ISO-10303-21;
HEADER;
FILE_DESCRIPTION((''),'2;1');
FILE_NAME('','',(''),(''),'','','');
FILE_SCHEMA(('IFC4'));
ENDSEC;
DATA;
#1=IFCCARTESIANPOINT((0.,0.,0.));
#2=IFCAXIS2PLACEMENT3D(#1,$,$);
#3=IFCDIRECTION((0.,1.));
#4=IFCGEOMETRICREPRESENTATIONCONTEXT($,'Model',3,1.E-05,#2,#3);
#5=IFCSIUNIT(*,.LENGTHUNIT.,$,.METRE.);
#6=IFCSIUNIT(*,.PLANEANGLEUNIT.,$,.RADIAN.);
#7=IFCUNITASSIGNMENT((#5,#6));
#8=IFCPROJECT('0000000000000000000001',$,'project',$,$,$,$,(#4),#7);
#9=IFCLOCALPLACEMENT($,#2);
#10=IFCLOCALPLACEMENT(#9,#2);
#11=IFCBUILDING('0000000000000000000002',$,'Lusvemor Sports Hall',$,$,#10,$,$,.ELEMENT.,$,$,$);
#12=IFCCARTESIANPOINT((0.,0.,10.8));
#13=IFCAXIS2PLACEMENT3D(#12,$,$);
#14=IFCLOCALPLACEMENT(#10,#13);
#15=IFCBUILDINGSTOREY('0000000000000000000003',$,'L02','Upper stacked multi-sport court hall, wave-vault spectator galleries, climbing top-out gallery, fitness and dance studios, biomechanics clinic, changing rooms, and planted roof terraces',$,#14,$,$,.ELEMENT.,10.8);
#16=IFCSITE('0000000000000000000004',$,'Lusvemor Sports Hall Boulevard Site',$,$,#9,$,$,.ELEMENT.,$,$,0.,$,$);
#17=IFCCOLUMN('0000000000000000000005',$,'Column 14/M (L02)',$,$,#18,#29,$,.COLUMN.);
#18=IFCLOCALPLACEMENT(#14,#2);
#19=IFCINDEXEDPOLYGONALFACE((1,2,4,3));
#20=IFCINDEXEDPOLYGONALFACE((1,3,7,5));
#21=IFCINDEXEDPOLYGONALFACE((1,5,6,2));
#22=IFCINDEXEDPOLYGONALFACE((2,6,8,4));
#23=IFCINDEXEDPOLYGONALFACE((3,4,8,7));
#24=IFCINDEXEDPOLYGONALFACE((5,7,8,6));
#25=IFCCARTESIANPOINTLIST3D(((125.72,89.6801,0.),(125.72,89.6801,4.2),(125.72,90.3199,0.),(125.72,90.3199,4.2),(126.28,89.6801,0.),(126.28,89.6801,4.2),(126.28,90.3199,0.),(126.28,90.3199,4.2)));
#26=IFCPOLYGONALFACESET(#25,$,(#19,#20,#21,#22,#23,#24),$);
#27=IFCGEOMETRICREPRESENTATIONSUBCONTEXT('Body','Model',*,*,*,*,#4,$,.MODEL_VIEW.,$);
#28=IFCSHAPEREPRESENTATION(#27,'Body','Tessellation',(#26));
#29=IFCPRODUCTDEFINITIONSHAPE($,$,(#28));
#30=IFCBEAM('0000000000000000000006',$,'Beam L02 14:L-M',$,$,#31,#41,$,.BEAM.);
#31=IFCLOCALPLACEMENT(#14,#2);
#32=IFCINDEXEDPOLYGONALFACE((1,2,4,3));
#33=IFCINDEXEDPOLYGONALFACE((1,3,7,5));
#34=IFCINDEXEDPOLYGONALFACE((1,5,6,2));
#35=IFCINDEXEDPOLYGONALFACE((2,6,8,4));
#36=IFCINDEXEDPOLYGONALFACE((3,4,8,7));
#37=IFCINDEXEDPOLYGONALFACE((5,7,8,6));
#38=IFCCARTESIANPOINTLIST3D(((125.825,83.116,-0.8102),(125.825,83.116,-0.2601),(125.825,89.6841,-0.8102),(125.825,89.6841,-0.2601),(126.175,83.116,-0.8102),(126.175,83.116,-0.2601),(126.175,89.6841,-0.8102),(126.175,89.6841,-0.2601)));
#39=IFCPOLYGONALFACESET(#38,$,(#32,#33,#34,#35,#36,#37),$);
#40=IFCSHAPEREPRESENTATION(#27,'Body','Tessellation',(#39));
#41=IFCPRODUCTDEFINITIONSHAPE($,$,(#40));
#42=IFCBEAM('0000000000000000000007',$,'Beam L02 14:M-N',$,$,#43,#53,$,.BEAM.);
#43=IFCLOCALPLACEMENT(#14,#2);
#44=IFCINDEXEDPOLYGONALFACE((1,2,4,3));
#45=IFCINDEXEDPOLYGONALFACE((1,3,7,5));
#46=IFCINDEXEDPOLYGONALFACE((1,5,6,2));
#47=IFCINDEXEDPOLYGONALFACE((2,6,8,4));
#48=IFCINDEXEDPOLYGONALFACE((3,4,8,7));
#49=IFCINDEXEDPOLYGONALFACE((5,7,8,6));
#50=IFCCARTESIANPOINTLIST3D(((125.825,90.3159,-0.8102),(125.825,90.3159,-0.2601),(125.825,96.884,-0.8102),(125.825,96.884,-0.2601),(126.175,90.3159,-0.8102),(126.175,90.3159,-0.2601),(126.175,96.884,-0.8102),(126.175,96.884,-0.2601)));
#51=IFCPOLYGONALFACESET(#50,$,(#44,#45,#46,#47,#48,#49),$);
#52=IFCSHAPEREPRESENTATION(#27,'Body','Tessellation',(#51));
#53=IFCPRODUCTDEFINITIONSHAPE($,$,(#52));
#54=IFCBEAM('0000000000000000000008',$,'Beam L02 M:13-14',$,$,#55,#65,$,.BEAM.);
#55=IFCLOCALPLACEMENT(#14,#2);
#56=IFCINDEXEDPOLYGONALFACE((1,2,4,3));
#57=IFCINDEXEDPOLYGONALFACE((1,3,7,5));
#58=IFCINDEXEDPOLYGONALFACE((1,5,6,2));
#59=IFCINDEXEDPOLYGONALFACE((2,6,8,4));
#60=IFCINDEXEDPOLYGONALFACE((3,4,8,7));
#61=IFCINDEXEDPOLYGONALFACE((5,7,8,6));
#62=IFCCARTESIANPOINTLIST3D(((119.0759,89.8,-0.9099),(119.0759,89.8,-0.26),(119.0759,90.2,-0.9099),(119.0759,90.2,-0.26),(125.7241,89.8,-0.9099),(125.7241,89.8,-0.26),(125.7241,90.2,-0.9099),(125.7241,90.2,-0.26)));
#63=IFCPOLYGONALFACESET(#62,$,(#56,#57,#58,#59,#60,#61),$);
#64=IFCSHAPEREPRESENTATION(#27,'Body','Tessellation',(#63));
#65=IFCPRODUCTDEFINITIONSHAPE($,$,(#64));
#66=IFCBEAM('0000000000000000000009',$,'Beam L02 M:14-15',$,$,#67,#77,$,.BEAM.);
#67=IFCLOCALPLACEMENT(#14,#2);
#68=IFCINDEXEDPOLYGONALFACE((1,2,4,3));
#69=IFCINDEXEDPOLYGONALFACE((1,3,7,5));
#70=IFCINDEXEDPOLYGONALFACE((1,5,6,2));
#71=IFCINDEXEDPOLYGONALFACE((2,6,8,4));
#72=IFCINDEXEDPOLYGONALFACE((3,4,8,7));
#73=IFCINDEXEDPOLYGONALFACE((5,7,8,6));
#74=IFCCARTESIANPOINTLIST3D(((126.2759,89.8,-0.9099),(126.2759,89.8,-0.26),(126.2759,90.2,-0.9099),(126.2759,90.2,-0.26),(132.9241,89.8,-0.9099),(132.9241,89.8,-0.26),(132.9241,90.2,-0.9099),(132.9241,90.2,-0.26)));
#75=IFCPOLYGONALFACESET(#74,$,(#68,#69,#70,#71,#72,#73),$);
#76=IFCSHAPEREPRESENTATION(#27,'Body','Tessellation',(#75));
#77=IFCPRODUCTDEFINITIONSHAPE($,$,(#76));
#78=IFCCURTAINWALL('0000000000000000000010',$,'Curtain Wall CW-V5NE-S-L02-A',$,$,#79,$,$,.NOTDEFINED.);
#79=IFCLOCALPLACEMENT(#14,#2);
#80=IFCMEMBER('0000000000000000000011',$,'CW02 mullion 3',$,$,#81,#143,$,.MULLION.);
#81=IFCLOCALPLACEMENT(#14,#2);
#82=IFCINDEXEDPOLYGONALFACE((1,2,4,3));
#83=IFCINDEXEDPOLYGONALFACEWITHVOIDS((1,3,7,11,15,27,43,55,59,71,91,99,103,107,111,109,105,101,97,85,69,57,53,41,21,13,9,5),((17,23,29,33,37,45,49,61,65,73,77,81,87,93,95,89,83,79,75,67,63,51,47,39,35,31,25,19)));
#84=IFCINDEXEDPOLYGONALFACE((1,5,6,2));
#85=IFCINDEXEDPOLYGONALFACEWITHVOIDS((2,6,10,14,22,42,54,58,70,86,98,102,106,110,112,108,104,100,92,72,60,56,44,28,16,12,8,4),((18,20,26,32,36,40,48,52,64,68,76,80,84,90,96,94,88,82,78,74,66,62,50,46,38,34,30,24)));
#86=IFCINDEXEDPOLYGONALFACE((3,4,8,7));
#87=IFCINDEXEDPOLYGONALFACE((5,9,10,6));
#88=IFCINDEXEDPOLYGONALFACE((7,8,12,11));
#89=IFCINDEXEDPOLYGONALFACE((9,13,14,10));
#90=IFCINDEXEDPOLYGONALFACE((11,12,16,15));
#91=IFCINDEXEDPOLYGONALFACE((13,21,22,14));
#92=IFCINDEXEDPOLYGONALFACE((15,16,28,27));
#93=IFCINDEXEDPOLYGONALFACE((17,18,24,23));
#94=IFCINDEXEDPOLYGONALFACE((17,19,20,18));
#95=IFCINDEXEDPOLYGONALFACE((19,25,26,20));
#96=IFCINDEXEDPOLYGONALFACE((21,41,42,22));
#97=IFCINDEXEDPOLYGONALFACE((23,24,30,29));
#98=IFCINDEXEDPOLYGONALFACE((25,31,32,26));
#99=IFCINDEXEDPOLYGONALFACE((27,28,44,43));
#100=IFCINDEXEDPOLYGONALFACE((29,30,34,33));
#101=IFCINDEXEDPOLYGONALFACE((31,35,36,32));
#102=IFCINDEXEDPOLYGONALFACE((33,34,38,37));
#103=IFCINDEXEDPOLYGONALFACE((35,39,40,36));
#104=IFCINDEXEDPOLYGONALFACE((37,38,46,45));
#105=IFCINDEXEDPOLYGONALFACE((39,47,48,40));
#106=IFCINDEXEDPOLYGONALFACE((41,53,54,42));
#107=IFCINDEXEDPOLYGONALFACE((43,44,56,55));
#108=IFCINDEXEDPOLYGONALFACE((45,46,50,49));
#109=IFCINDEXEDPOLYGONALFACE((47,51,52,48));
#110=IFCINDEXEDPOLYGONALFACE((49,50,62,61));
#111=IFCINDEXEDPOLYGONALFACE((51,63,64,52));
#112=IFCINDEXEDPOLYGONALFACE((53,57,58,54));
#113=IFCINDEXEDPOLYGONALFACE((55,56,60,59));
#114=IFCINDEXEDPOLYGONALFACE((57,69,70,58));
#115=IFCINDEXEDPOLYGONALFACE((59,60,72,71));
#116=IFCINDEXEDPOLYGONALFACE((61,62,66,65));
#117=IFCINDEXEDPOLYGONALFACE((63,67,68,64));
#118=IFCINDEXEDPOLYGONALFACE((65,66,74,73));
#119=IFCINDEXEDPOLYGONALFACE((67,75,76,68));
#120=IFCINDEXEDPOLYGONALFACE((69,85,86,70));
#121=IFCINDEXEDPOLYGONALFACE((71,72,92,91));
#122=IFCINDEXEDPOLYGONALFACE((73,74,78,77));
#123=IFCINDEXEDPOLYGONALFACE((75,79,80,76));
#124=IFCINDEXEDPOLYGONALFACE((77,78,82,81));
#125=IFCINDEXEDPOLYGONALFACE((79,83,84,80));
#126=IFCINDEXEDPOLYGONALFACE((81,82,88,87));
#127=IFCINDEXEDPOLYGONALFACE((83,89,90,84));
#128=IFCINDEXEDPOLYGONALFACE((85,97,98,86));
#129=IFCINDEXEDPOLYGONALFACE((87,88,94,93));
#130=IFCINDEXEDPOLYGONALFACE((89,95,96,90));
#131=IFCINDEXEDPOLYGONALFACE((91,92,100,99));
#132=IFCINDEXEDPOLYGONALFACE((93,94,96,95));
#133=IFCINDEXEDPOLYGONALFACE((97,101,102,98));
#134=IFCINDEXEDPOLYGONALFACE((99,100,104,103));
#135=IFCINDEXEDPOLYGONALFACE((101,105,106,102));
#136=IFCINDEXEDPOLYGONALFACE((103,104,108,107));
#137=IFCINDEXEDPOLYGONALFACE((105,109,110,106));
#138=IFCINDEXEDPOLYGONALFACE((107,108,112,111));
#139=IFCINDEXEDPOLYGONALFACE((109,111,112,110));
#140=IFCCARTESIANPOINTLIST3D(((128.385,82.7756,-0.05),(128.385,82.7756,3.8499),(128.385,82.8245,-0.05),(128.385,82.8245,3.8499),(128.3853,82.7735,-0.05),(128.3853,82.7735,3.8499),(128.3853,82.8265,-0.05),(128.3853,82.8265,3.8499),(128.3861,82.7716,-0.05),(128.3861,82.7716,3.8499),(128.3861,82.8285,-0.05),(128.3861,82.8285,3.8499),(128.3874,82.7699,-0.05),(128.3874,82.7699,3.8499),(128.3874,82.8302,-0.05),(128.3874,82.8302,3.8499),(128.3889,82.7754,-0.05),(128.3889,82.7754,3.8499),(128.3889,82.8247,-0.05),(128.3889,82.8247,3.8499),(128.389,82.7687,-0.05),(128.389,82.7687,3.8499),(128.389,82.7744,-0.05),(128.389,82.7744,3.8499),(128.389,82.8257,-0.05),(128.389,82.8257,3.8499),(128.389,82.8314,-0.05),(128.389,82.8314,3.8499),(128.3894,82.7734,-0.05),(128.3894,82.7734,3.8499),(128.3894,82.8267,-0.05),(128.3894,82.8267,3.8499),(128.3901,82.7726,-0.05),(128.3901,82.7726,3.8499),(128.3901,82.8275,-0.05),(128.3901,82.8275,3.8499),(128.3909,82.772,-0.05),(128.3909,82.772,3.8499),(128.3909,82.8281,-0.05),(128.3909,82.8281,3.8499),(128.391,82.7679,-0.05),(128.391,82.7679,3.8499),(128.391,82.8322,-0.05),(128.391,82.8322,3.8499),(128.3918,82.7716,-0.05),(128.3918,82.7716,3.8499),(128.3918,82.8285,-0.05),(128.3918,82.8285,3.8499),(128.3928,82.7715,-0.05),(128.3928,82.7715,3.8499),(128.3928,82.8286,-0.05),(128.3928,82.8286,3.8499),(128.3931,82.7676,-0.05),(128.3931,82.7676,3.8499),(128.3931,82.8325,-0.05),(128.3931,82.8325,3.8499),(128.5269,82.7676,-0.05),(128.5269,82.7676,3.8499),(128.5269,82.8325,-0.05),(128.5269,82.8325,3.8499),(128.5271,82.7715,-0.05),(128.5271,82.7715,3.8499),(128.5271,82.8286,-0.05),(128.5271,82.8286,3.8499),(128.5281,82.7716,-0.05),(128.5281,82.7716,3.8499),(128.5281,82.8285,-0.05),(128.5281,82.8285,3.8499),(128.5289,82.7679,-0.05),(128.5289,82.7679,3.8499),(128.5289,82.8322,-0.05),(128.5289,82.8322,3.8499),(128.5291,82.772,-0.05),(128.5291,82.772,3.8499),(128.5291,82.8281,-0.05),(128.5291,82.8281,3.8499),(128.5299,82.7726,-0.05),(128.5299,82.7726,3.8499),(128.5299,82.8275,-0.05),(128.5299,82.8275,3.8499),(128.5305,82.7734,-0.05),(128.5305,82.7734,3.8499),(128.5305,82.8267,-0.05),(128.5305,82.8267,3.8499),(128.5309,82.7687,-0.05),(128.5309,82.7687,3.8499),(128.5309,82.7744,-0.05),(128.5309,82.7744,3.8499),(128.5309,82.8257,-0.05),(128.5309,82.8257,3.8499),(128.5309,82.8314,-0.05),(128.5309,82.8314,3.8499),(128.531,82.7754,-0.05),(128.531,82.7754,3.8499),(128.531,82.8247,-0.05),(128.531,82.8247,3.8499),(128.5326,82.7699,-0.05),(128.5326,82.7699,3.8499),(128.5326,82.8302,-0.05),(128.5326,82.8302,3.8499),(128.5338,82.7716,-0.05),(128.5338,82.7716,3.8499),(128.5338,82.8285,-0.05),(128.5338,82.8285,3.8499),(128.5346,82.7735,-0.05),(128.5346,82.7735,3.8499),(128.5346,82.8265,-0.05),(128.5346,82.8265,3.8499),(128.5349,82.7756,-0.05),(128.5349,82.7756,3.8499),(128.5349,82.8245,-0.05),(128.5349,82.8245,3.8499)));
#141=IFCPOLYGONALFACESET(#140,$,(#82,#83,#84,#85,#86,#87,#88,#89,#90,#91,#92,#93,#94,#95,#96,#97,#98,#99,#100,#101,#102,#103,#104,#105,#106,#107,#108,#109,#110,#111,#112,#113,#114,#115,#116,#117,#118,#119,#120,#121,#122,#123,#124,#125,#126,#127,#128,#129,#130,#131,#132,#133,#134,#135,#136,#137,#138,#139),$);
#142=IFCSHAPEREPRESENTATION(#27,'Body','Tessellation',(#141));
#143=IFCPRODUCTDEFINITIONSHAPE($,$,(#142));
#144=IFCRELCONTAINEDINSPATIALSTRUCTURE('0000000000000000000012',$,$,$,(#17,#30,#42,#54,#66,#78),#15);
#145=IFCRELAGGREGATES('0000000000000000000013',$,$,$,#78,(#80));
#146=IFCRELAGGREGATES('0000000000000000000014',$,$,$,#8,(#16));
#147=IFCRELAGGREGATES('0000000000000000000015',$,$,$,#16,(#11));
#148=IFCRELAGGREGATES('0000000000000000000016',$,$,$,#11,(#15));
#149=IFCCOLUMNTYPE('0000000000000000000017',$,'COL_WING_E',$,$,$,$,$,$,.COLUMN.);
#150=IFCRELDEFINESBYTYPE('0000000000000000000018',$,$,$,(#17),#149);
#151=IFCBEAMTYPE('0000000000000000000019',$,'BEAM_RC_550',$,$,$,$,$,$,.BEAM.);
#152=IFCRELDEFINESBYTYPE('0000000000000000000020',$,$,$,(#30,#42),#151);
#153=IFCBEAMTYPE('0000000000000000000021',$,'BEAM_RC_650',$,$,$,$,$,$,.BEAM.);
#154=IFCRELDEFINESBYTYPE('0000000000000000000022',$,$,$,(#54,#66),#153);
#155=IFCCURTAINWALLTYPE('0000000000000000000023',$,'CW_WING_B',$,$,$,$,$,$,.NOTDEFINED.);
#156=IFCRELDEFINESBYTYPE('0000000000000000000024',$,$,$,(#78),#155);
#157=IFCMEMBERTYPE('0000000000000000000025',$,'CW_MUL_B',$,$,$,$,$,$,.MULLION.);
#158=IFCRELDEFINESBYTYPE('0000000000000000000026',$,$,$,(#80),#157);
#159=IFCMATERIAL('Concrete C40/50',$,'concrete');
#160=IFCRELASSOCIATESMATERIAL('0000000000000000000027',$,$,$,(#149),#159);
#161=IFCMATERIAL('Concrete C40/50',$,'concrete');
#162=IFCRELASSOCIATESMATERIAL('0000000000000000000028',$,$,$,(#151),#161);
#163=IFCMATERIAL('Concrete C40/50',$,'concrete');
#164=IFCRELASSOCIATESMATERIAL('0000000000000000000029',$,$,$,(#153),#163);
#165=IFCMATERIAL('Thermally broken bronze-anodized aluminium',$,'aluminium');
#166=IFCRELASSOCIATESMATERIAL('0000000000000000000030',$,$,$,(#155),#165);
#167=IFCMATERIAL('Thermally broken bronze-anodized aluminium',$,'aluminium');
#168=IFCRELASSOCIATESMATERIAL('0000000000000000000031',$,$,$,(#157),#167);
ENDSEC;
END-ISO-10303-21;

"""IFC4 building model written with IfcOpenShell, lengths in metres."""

from ifc_helpers import new_model, si_unit, direction, frame, origin, origin_2d, place, context, subcontext, project, spatial, rectangle, hollow_rectangle, extrude, material, material_profile, profile_set, type_object, element, aggregate, save


model = new_model("IFC4")

# Units and contexts
model_context = context("Model", 3, precision=1e-05, world=origin(), true_north=direction((0.0, 1.0)))
body_context = subcontext(model_context, "Body", "Model", "MODEL_VIEW")
ifc_project = project(units=[si_unit("LENGTHUNIT", "METRE"), si_unit("PLANEANGLEUNIT", "RADIAN")], contexts=[model_context])

# Site, building, storey
site_placement = place(None, origin())
site = spatial("IfcSite", under=ifc_project, at=site_placement, Name="Lusvemor Sports Hall Boulevard Site", CompositionType="ELEMENT", RefElevation=0.0)
building_placement = place(site_placement, origin())
building = spatial("IfcBuilding", under=site, at=building_placement, Name="Lusvemor Sports Hall", CompositionType="ELEMENT")
storey_placement = place(building_placement, frame((0.0, 0.0, 10.8)))
storey = spatial("IfcBuildingStorey", under=building, at=storey_placement, Name="L02", Description="Upper stacked multi-sport court hall, wave-vault spectator galleries, climbing top-out gallery, fitness and dance studios, biomechanics clinic, changing rooms, and planted roof terraces", CompositionType="ELEMENT", Elevation=10.8)

# Column
ifc_material_1 = material(Name="Concrete C40/50", Category="concrete")
ifc_material_profile_1 = material_profile(ifc_material_1, rectangle(XDim=0.5601, YDim=0.6399, at=origin_2d()), Name="RC560x640")
ifc_profile_set_1 = profile_set([ifc_material_profile_1], Name="Concrete C40/50")
column_type = type_object("IfcColumnType", Name="COL_WING_E", PredefinedType="COLUMN", material=ifc_profile_set_1)
column_placement = place(storey_placement, frame((126.0, 90.0, 0.0), z_axis=(0.0, 0.0, 1.0), x_axis=(1.0, 0.0, 0.0)))
element("IfcColumn", 1, at=column_placement, inside=storey, type_object=column_type, Name="Column 14/M (L02)", PredefinedType="COLUMN", context=body_context, shape_type="SweptSolid", body=[
    extrude(rectangle(XDim=0.5601, YDim=0.6399, at=origin_2d()), origin(), (0.0, 0.0, 1.0), 4.2),
])

# Beams
ifc_material_2 = material(Name="Concrete C40/50", Category="concrete")
ifc_material_profile_2 = material_profile(ifc_material_2, rectangle(XDim=0.3501, YDim=0.55, at=origin_2d()), Name="RC350x550")
ifc_profile_set_2 = profile_set([ifc_material_profile_2], Name="Concrete C40/50")
beam_type_1 = type_object("IfcBeamType", Name="BEAM_RC_550", PredefinedType="BEAM", material=ifc_profile_set_2)
for number, where, z_axis, x_axis, name in (
    (2, (126.0, 83.116, -0.5352), (0.0, 1.0, 0.0), (-1.0, 0.0, 0.0), "Beam L02 14:L-M"),
    (3, (126.0, 90.3159, -0.5352), (0.0, 1.0, 0.0), (-1.0, 0.0, 0.0), "Beam L02 14:M-N"),
):
    element("IfcBeam", number, at=place(storey_placement, frame(where, z_axis=z_axis, x_axis=x_axis)), inside=storey, type_object=beam_type_1, Name=name, PredefinedType="BEAM", context=body_context, shape_type="SweptSolid", body=[
        extrude(rectangle(XDim=0.3501, YDim=0.55, at=origin_2d()), origin(), (0.0, 0.0, 1.0), 6.5681),
    ])
ifc_material_3 = material(Name="Concrete C40/50", Category="concrete")
ifc_material_profile_3 = material_profile(ifc_material_3, rectangle(XDim=0.3999, YDim=0.6499, at=origin_2d()), Name="RC400x650")
ifc_profile_set_3 = profile_set([ifc_material_profile_3], Name="Concrete C40/50")
beam_type_2 = type_object("IfcBeamType", Name="BEAM_RC_650", PredefinedType="BEAM", material=ifc_profile_set_3)
for number, where, z_axis, x_axis, name in (
    (4, (119.0759, 90.0, -0.585), (1.0, 0.0, 0.0), (0.0, 1.0, 0.0), "Beam L02 M:13-14"),
    (5, (126.2759, 90.0, -0.585), (1.0, 0.0, 0.0), (0.0, 1.0, 0.0), "Beam L02 M:14-15"),
):
    element("IfcBeam", number, at=place(storey_placement, frame(where, z_axis=z_axis, x_axis=x_axis)), inside=storey, type_object=beam_type_2, Name=name, PredefinedType="BEAM", context=body_context, shape_type="SweptSolid", body=[
        extrude(rectangle(XDim=0.3999, YDim=0.6499, at=origin_2d()), origin(), (0.0, 0.0, 1.0), 6.6482),
    ])

# Curtain wall, member
ifc_material_4 = material(Name="Thermally broken bronze-anodized aluminium", Category="aluminium")
curtain_wall_type = type_object("IfcCurtainWallType", Name="CW_WING_B", PredefinedType="NOTDEFINED", material=ifc_material_4)
curtain_wall_placement = place(storey_placement, origin())
curtain_wall = element("IfcCurtainWall", 6, at=curtain_wall_placement, inside=storey, type_object=curtain_wall_type, Name="Curtain Wall CW-V5NE-S-L02-A", PredefinedType="NOTDEFINED")
ifc_material_5 = material(Name="Thermally broken bronze-anodized aluminium", Category="aluminium")
ifc_material_profile_4 = material_profile(ifc_material_5, hollow_rectangle(XDim=0.0649, YDim=0.1499, WallThickness=0.0039, InnerFilletRadius=0.0039, OuterFilletRadius=0.0081, at=origin_2d()), Name="CWMUL150x65x4")
ifc_profile_set_4 = profile_set([ifc_material_profile_4], Name="Thermally broken bronze-anodized aluminium")
member_type_1 = type_object("IfcMemberType", Name="CW_MUL_B", PredefinedType="MULLION", material=ifc_profile_set_4)
member_1_placement = place(storey_placement, frame((128.46, 82.8, -0.05), z_axis=(0.0, 0.0, 1.0), x_axis=(0.0, -1.0, 0.0)))
member_1 = element("IfcMember", 7, at=member_1_placement, type_object=member_type_1, Name="CW02 mullion 3", PredefinedType="MULLION", context=body_context, shape_type="SweptSolid", body=[
    extrude(hollow_rectangle(XDim=0.0649, YDim=0.1499, WallThickness=0.0039, InnerFilletRadius=0.0039, OuterFilletRadius=0.0081, at=origin_2d()), origin(), (0.0, 0.0, 1.0), 3.8999),
])

aggregate(curtain_wall, [member_1])

save(model, "model.ifc")
